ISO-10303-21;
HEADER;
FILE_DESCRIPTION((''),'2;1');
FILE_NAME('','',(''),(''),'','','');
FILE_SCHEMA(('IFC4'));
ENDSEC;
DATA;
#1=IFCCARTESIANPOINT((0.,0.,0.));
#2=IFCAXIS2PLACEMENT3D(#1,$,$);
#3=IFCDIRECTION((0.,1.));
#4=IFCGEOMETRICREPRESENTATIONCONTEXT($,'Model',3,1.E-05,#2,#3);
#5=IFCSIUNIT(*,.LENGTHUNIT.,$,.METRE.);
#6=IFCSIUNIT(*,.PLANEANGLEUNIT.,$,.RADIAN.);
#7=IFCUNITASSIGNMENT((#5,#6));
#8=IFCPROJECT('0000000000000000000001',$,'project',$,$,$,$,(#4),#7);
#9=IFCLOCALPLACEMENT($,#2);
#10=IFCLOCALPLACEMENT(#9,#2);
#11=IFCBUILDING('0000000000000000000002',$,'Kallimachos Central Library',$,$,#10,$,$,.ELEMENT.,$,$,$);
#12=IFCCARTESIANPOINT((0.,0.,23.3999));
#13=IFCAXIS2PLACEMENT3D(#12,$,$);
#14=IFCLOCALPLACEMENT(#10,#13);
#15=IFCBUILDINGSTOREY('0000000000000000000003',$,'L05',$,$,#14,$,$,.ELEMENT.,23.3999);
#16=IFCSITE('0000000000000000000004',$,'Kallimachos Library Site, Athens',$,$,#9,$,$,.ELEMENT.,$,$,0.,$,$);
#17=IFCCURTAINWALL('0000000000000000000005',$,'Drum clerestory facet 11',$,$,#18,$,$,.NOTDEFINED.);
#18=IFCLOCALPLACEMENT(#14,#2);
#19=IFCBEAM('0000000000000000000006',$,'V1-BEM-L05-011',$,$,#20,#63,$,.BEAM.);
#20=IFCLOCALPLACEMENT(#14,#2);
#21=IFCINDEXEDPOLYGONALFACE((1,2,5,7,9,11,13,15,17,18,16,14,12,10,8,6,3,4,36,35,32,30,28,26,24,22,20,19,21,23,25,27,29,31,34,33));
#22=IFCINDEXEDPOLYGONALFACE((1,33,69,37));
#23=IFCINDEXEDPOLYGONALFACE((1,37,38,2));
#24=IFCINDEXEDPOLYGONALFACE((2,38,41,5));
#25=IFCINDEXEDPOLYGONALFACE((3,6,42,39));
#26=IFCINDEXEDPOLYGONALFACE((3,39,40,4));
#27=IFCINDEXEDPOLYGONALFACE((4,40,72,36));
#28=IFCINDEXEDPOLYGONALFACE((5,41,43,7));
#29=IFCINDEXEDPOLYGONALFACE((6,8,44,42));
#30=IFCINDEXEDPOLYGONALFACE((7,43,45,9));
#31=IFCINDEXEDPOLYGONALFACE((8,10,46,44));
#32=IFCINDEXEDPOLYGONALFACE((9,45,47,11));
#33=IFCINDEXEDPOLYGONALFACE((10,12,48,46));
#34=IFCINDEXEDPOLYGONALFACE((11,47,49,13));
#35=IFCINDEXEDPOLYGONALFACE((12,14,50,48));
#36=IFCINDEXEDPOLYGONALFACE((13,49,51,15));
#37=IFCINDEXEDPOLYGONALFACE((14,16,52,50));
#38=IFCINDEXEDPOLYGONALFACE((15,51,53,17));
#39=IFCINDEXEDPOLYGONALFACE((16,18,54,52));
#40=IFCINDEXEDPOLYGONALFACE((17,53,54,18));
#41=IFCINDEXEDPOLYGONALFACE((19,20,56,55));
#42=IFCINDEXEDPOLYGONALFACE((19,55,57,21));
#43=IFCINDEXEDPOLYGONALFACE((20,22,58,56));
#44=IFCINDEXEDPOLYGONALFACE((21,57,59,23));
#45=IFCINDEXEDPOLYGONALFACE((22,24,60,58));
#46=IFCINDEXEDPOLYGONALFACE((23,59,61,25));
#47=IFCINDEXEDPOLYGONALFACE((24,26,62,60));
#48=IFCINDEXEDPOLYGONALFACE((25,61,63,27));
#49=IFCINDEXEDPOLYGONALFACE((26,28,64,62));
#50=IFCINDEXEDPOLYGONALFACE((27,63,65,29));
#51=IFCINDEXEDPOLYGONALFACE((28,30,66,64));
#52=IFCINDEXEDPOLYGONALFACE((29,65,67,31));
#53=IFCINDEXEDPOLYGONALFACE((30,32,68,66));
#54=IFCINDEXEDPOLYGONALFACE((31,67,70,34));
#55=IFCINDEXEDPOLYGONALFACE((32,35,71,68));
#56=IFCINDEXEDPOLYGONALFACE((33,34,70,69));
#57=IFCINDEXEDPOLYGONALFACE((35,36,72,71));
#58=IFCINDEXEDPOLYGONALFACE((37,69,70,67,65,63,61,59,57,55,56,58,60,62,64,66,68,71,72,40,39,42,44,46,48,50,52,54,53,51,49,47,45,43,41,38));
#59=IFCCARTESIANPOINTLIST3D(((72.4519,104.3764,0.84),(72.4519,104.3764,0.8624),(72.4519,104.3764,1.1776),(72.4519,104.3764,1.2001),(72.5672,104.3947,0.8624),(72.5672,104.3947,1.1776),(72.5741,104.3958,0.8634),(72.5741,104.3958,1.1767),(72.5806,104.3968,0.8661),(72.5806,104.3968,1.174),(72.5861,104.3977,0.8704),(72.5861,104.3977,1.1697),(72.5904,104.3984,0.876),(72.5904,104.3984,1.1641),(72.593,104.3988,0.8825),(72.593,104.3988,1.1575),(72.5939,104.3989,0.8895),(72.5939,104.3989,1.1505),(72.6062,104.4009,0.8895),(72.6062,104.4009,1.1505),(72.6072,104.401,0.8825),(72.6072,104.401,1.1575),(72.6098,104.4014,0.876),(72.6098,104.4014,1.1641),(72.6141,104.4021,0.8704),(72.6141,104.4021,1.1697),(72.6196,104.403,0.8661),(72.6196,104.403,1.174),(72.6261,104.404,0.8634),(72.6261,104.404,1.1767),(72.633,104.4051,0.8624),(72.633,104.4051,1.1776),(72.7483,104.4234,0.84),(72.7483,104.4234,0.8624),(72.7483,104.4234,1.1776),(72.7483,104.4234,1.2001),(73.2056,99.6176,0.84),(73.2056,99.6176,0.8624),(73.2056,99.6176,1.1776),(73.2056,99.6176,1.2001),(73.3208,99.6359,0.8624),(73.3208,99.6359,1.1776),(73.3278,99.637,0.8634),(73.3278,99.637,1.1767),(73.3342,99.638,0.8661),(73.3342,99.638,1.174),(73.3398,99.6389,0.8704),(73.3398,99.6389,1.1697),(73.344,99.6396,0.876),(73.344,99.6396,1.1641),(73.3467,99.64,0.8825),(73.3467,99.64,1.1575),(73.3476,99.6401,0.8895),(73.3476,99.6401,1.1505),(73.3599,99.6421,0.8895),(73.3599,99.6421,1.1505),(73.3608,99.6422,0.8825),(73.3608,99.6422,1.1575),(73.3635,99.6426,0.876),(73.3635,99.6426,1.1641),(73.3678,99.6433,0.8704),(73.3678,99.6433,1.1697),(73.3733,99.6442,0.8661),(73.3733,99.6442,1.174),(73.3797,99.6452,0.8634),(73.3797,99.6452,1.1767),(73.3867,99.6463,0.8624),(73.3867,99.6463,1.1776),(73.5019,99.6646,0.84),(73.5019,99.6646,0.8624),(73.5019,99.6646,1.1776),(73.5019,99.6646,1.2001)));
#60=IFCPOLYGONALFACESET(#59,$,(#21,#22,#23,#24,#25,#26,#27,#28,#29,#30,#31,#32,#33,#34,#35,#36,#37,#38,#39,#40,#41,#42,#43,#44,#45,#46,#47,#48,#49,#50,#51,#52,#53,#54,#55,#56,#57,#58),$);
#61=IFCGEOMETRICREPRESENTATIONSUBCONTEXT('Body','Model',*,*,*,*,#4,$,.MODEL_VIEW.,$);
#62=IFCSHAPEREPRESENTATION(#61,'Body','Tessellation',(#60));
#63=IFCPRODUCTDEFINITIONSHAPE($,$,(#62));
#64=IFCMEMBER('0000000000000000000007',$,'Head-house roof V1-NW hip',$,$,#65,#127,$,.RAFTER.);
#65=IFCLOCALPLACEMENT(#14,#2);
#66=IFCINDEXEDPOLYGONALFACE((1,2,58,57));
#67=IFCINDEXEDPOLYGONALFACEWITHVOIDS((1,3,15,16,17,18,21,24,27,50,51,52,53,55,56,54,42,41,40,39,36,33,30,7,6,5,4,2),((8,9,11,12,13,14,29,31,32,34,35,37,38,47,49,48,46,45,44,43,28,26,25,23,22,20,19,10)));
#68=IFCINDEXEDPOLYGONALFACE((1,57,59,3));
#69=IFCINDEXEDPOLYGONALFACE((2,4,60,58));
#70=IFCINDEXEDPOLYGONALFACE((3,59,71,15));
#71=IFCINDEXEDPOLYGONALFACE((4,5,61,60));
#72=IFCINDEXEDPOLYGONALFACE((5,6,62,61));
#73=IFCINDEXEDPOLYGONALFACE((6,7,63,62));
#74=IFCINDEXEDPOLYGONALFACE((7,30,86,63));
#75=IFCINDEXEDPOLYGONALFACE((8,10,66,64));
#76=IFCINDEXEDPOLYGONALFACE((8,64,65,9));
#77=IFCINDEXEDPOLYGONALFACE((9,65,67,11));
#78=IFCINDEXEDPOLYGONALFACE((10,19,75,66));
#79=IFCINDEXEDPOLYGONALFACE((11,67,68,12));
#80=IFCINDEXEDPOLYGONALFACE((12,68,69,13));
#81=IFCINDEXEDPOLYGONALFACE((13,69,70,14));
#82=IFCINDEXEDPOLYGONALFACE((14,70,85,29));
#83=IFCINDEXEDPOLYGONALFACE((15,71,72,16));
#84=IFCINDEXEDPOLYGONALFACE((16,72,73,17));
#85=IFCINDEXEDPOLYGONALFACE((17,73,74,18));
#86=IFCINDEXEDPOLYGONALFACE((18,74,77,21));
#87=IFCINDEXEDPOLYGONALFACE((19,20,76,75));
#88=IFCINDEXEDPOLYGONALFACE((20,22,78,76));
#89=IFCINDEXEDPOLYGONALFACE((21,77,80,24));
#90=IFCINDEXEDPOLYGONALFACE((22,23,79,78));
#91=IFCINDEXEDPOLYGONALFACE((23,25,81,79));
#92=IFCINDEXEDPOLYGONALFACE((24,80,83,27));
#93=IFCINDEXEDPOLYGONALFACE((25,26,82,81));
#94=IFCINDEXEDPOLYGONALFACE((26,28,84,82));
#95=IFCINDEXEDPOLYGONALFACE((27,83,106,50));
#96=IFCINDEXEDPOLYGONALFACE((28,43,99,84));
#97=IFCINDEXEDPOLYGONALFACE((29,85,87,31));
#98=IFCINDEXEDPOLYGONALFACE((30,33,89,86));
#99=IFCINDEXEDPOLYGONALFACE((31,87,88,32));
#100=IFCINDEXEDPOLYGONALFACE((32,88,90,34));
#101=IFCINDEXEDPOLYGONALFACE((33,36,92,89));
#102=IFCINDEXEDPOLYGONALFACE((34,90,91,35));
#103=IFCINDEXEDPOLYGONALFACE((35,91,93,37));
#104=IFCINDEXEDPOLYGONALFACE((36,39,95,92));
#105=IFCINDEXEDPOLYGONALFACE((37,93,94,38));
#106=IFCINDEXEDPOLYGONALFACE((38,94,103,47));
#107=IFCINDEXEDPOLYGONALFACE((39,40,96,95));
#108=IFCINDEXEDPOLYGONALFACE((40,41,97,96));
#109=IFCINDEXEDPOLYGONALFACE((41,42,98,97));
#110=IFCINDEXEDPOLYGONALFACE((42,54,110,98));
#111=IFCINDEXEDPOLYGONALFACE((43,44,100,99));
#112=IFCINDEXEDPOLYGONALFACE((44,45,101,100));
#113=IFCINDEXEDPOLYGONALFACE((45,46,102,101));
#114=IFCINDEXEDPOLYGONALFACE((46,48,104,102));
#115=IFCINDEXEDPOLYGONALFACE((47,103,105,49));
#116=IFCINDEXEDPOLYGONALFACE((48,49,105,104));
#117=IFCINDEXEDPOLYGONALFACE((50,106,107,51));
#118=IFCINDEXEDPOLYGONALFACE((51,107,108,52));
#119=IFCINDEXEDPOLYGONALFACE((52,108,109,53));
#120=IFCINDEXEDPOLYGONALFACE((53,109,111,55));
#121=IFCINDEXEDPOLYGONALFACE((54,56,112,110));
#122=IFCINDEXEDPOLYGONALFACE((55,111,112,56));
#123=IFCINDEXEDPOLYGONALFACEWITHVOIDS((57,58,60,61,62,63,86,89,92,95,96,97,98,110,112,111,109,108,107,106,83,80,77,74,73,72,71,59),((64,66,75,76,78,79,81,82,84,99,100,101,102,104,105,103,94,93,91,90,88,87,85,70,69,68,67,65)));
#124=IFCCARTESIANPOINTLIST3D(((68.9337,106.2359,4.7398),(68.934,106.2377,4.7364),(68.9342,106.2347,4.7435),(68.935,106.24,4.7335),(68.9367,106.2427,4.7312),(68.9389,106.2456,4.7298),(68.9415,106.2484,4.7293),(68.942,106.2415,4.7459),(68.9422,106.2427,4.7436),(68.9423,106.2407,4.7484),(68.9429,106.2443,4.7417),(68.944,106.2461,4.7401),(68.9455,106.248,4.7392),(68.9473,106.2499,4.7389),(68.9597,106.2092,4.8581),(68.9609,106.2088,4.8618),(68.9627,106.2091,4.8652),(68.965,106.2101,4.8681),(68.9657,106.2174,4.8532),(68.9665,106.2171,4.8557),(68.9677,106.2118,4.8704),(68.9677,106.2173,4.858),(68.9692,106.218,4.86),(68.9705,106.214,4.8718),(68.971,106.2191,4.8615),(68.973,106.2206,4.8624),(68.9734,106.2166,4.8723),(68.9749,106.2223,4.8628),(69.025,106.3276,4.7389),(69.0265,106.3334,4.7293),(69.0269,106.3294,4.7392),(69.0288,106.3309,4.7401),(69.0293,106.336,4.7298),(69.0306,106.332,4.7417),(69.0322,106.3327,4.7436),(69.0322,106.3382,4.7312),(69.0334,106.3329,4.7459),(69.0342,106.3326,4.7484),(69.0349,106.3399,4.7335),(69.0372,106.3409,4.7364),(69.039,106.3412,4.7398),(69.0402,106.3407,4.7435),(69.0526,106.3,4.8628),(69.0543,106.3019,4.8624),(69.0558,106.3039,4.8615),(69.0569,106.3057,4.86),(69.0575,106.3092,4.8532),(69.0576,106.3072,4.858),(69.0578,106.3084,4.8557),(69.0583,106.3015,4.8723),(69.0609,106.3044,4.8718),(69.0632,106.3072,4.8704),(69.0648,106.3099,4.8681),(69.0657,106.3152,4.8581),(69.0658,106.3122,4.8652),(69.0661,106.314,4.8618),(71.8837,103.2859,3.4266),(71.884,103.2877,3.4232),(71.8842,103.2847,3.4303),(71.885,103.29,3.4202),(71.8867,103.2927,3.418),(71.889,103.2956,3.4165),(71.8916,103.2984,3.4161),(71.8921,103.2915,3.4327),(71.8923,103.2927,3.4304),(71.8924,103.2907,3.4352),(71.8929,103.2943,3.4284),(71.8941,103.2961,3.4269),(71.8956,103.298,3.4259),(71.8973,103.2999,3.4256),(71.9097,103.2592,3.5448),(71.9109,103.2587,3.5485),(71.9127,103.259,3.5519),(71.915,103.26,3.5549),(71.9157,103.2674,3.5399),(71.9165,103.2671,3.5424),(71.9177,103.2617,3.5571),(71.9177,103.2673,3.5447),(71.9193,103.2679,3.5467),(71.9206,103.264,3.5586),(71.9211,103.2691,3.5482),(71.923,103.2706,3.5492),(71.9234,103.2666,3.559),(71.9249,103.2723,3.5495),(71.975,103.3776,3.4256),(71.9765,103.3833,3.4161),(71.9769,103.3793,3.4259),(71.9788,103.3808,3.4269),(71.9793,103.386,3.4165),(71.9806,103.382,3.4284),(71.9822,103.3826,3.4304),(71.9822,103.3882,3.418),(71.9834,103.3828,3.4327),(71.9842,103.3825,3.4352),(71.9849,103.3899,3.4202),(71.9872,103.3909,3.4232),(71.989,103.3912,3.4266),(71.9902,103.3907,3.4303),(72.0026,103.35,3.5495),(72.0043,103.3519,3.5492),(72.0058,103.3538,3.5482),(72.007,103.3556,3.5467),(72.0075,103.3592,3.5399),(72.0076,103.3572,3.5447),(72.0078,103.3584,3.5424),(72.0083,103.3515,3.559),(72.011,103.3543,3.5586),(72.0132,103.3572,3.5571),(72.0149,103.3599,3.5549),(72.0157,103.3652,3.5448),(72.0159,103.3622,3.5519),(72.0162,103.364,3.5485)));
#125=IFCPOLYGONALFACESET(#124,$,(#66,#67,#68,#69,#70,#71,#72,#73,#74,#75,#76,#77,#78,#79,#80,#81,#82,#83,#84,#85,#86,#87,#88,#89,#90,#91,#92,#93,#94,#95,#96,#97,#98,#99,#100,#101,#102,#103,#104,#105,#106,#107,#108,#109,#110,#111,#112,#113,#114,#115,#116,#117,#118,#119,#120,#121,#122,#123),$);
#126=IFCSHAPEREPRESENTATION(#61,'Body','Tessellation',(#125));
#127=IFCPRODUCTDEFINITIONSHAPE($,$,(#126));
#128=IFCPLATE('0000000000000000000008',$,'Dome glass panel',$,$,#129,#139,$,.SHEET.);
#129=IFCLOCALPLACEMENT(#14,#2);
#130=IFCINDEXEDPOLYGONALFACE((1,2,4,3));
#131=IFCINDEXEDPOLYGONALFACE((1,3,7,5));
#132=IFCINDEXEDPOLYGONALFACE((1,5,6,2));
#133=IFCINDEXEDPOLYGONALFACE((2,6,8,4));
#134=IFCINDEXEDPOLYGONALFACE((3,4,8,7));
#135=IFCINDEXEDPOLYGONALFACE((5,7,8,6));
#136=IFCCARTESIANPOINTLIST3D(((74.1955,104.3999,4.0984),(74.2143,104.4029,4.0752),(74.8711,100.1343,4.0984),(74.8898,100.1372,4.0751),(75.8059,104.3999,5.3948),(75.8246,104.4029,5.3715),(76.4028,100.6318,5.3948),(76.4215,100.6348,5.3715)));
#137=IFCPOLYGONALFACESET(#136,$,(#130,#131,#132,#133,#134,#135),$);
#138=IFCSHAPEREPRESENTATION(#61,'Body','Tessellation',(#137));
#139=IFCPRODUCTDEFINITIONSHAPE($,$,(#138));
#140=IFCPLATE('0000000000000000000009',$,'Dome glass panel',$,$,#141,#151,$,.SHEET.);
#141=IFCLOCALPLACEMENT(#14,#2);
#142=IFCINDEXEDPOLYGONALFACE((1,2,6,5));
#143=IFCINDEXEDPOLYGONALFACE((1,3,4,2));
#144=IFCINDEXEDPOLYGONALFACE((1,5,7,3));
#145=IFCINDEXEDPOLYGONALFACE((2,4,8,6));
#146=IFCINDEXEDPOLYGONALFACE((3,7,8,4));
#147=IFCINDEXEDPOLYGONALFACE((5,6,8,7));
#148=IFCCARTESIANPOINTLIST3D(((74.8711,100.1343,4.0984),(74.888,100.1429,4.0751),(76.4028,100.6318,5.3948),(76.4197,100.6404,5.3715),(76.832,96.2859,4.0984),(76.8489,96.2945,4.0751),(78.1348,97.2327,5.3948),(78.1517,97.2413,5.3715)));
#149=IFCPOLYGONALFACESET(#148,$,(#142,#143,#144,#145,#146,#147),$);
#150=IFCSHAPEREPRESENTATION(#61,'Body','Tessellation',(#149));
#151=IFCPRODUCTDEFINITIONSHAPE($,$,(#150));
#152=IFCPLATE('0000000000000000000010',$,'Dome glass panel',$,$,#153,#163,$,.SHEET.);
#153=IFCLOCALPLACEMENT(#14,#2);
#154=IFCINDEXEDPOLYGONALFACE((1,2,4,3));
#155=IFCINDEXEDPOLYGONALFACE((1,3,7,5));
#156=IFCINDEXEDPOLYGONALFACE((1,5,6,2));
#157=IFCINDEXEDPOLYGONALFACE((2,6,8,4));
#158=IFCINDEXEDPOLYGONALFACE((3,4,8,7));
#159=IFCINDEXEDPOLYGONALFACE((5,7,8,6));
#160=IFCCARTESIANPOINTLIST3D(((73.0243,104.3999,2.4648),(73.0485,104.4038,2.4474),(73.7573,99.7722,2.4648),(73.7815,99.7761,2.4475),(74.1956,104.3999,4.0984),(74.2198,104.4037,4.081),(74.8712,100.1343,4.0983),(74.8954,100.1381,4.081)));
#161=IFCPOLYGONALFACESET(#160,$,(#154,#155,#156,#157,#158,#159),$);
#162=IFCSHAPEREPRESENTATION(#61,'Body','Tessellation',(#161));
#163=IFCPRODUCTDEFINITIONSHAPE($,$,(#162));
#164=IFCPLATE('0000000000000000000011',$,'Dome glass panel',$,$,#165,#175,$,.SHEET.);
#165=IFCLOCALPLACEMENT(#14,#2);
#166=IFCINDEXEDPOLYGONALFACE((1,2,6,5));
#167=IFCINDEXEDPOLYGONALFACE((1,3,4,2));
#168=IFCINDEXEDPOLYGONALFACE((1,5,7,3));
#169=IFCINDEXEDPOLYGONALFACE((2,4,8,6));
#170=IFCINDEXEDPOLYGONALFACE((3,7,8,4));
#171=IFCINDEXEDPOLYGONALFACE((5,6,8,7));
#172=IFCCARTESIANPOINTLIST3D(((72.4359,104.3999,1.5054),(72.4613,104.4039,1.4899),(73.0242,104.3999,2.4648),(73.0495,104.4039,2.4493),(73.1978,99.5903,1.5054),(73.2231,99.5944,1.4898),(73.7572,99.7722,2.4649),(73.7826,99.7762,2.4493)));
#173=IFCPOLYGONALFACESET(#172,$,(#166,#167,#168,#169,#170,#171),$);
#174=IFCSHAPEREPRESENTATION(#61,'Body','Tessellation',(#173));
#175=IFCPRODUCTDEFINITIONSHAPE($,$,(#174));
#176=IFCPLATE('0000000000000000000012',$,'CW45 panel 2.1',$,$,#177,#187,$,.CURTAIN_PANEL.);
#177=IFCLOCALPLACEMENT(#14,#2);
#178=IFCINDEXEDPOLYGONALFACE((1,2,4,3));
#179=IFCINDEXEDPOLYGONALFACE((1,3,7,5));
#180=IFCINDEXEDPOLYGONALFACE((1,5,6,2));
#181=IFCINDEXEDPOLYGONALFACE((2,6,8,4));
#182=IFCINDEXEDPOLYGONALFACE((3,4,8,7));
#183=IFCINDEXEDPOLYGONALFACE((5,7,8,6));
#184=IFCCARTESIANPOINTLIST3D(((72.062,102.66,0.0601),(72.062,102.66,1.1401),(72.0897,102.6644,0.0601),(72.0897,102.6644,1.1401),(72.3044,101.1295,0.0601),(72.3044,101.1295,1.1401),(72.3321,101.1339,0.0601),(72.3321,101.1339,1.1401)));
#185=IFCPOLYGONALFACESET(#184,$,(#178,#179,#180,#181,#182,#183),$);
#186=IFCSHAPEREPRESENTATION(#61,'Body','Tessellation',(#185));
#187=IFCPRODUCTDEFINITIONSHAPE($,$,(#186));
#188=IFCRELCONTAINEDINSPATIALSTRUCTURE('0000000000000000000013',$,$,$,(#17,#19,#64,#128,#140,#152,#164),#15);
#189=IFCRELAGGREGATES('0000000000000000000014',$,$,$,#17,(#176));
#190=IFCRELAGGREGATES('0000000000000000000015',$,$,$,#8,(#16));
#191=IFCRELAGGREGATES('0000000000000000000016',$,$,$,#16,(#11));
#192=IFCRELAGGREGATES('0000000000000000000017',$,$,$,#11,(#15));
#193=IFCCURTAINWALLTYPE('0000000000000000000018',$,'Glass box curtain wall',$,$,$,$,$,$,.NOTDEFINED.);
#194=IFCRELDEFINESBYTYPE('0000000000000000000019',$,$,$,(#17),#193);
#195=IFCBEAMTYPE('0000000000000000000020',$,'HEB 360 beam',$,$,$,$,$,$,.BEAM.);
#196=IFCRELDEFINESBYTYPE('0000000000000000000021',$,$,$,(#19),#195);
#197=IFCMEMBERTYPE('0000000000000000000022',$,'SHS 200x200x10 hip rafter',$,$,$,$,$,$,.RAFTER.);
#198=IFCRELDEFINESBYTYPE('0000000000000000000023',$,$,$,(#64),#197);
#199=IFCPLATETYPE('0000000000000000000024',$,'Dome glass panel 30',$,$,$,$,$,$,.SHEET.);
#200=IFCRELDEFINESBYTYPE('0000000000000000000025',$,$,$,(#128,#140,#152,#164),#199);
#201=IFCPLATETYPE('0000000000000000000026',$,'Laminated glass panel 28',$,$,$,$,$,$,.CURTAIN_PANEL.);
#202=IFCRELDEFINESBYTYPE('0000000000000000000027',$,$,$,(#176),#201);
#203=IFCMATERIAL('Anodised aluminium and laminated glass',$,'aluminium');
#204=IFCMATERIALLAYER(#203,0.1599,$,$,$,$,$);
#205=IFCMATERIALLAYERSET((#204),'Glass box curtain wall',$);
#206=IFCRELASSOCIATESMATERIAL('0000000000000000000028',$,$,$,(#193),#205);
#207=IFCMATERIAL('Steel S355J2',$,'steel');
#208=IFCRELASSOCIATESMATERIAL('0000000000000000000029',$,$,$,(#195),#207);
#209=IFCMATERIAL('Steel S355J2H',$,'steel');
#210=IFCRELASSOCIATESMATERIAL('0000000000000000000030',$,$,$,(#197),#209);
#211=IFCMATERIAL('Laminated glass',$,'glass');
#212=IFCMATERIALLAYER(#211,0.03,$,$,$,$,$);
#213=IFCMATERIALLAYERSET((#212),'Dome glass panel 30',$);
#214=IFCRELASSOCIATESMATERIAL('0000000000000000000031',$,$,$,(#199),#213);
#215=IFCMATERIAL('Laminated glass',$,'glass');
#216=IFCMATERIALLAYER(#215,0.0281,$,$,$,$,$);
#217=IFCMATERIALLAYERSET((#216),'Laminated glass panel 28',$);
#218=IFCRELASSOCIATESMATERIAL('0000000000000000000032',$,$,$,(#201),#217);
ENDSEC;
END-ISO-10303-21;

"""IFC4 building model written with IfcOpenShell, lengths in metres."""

from ifc_helpers import new_model, si_unit, direction, frame, origin, origin_2d, place, context, subcontext, project, spatial, polyline, rectangle, hollow_rectangle, i_section, outline, extrude, material, layer, layer_set, material_profile, profile_set, type_object, element, aggregate, save


model = new_model("IFC4")

# Units and contexts
model_context = context("Model", 3, precision=1e-05, world=origin(), true_north=direction((0.0, 1.0)))
body_context = subcontext(model_context, "Body", "Model", "MODEL_VIEW")
ifc_project = project(units=[si_unit("LENGTHUNIT", "METRE"), si_unit("PLANEANGLEUNIT", "RADIAN")], contexts=[model_context])

# Site, building, storey
site_placement = place(None, origin())
site = spatial("IfcSite", under=ifc_project, at=site_placement, Name="Kallimachos Library Site, Athens", CompositionType="ELEMENT", RefElevation=0.0)
building_placement = place(site_placement, origin())
building = spatial("IfcBuilding", under=site, at=building_placement, Name="Kallimachos Central Library", CompositionType="ELEMENT")
storey_placement = place(building_placement, frame((0.0, 0.0, 23.3999)))
storey = spatial("IfcBuildingStorey", under=building, at=storey_placement, Name="L05", CompositionType="ELEMENT", Elevation=23.3999)

# Curtain wall
ifc_material_1 = material(Name="Anodised aluminium and laminated glass", Category="aluminium")
ifc_layer_1 = layer(ifc_material_1, 0.1599)
ifc_layer_set_1 = layer_set([ifc_layer_1], Name="Glass box curtain wall")
curtain_wall_type = type_object("IfcCurtainWallType", Name="Glass box curtain wall", PredefinedType="NOTDEFINED", material=ifc_layer_set_1)
curtain_wall_placement = place(storey_placement, origin())
curtain_wall = element("IfcCurtainWall", 1, at=curtain_wall_placement, inside=storey, type_object=curtain_wall_type, Name="Drum clerestory facet 11", PredefinedType="NOTDEFINED")

# Beam
ifc_material_2 = material(Name="Steel S355J2", Category="steel")
ifc_material_profile_1 = material_profile(ifc_material_2, i_section(OverallWidth=0.3, OverallDepth=0.3601, WebThickness=0.0125, FlangeThickness=0.0225, FilletRadius=0.0271, at=origin_2d()), Name="HEB 360")
ifc_profile_set_1 = profile_set([ifc_material_profile_1], Name="Steel S355J2")
beam_type = type_object("IfcBeamType", Name="HEB 360 beam", PredefinedType="BEAM", material=ifc_profile_set_1)
beam_placement = place(storey_placement, frame((72.6001, 104.3999, 1.02), z_axis=(0.156423, -0.98769, 0.0), x_axis=(0.98769, 0.156423, 0.0)))
element("IfcBeam", 2, at=beam_placement, inside=storey, type_object=beam_type, Name="V1-BEM-L05-011", PredefinedType="BEAM", context=body_context, shape_type="SweptSolid", body=[
    extrude(i_section(OverallWidth=0.3, OverallDepth=0.3601, WebThickness=0.0125, FlangeThickness=0.0225, FilletRadius=0.0271, at=origin_2d()), origin(), (0.0, 0.0, 1.0), 4.8181),
])

# Member
ifc_material_3 = material(Name="Steel S355J2H", Category="steel")
ifc_material_profile_2 = material_profile(ifc_material_3, hollow_rectangle(XDim=0.1499, YDim=0.1499, WallThickness=0.01, InnerFilletRadius=0.01, OuterFilletRadius=0.0149, at=origin_2d()), Name="SHS 150x150x10")
ifc_profile_set_2 = profile_set([ifc_material_profile_2], Name="Steel S355J2H")
member_type_1 = type_object("IfcMemberType", Name="SHS 200x200x10 hip rafter", PredefinedType="RAFTER", material=ifc_profile_set_2)
member_1_placement = place(storey_placement, frame((71.95, 103.325, 3.4875), z_axis=(-0.674479, 0.674479, 0.300259), x_axis=(-0.707107, -0.707107, 0.0)))
element("IfcMember", 3, at=member_1_placement, inside=storey, type_object=member_type_1, Name="Head-house roof V1-NW hip", PredefinedType="RAFTER", context=body_context, shape_type="SweptSolid", body=[
    extrude(hollow_rectangle(XDim=0.1499, YDim=0.1499, WallThickness=0.01, InnerFilletRadius=0.01, OuterFilletRadius=0.0149, at=origin_2d()), origin(), (0.0, 0.0, 1.0), 4.3738),
])

# Plates
ifc_material_4 = material(Name="Laminated glass", Category="glass")
ifc_layer_2 = layer(ifc_material_4, 0.03)
ifc_layer_set_2 = layer_set([ifc_layer_2], Name="Dome glass panel 30")
plate_type_1 = type_object("IfcPlateType", Name="Dome glass panel 30", PredefinedType="SHEET", material=ifc_layer_set_2)
plate_1_placement = place(storey_placement, frame((75.8059, 104.3999, 5.3948), z_axis=(-0.62399, -0.098834, 0.775157), x_axis=(-0.778971, -0.000003, -0.62706)))
element("IfcPlate", 4, at=plate_1_placement, inside=storey, type_object=plate_type_1, Name="Dome glass panel", PredefinedType="SHEET", context=body_context, shape_type="SweptSolid", body=[
    extrude(outline(polyline([(0.0, 0.0), (2.0673, 0.0), (1.5411, 4.2866), (-0.465, 3.7866), (0.0, 0.0)])), origin(), (0.0, 0.0, -1.0), 0.03),
])
plate_2_placement = place(storey_placement, frame((76.4028, 100.6318, 5.3948), z_axis=(-0.562907, -0.28682, 0.775158), x_axis=(-0.740869, -0.240657, -0.627054)))
element("IfcPlate", 5, at=plate_2_placement, inside=storey, type_object=plate_type_1, Name="Dome glass panel", PredefinedType="SHEET", context=body_context, shape_type="SweptSolid", body=[
    extrude(outline(polyline([(0.0, 0.0), (2.0675, 0.0), (1.5408, 4.287), (-0.4651, 3.7865), (0.0, 0.0)])), origin(), (0.0, 0.0, -1.0), 0.03),
])
plate_3_placement = place(storey_placement, frame((74.1956, 104.3999, 4.0984), z_axis=(-0.806037, -0.127676, 0.57793), x_axis=(-0.582699, 0.000007, -0.812688)))
element("IfcPlate", 6, at=plate_3_placement, inside=storey, type_object=plate_type_1, Name="Dome glass panel", PredefinedType="SHEET", context=body_context, shape_type="SweptSolid", body=[
    extrude(outline(polyline([(0.0, 0.0), (2.0101, 0.0), (1.5829, 4.6659), (-0.3937, 4.3008), (0.0, 0.0)])), origin(), (0.0, 0.0, -1.0), 0.03),
])
plate_4_placement = place(storey_placement, frame((73.0242, 104.3999, 2.4648), z_axis=(-0.844856, -0.133826, 0.517986), x_axis=(-0.522686, -0.000012, -0.852525)))
element("IfcPlate", 7, at=plate_4_placement, inside=storey, type_object=plate_type_1, Name="Dome glass panel", PredefinedType="SHEET", context=body_context, shape_type="SweptSolid", body=[
    extrude(outline(polyline([(0.0, 0.0), (1.1254, 0.0), (0.7273, 4.8532), (-0.3832, 4.6697), (0.0, 0.0)])), origin(), (0.0, 0.0, -1.0), 0.03),
])

# Plate
ifc_material_5 = material(Name="Laminated glass", Category="glass")
ifc_layer_3 = layer(ifc_material_5, 0.0281)
ifc_layer_set_3 = layer_set([ifc_layer_3], Name="Laminated glass panel 28")
plate_type_2 = type_object("IfcPlateType", Name="Laminated glass panel 28", PredefinedType="CURTAIN_PANEL", material=ifc_layer_set_3)
plate_5_placement = place(storey_placement, frame((72.197, 101.897, 0.0601), z_axis=(0.0, 0.0, 1.0), x_axis=(0.156435, -0.987688, 0.0)))
plate_5 = element("IfcPlate", 8, at=plate_5_placement, type_object=plate_type_2, Name="CW45 panel 2.1", PredefinedType="CURTAIN_PANEL", context=body_context, shape_type="SweptSolid", body=[
    extrude(rectangle(XDim=1.5496, YDim=0.0281, at=origin_2d()), origin(), (0.0, 0.0, 1.0), 1.0801),
])
aggregate(curtain_wall, [plate_5])

save(model, "model.ifc")
